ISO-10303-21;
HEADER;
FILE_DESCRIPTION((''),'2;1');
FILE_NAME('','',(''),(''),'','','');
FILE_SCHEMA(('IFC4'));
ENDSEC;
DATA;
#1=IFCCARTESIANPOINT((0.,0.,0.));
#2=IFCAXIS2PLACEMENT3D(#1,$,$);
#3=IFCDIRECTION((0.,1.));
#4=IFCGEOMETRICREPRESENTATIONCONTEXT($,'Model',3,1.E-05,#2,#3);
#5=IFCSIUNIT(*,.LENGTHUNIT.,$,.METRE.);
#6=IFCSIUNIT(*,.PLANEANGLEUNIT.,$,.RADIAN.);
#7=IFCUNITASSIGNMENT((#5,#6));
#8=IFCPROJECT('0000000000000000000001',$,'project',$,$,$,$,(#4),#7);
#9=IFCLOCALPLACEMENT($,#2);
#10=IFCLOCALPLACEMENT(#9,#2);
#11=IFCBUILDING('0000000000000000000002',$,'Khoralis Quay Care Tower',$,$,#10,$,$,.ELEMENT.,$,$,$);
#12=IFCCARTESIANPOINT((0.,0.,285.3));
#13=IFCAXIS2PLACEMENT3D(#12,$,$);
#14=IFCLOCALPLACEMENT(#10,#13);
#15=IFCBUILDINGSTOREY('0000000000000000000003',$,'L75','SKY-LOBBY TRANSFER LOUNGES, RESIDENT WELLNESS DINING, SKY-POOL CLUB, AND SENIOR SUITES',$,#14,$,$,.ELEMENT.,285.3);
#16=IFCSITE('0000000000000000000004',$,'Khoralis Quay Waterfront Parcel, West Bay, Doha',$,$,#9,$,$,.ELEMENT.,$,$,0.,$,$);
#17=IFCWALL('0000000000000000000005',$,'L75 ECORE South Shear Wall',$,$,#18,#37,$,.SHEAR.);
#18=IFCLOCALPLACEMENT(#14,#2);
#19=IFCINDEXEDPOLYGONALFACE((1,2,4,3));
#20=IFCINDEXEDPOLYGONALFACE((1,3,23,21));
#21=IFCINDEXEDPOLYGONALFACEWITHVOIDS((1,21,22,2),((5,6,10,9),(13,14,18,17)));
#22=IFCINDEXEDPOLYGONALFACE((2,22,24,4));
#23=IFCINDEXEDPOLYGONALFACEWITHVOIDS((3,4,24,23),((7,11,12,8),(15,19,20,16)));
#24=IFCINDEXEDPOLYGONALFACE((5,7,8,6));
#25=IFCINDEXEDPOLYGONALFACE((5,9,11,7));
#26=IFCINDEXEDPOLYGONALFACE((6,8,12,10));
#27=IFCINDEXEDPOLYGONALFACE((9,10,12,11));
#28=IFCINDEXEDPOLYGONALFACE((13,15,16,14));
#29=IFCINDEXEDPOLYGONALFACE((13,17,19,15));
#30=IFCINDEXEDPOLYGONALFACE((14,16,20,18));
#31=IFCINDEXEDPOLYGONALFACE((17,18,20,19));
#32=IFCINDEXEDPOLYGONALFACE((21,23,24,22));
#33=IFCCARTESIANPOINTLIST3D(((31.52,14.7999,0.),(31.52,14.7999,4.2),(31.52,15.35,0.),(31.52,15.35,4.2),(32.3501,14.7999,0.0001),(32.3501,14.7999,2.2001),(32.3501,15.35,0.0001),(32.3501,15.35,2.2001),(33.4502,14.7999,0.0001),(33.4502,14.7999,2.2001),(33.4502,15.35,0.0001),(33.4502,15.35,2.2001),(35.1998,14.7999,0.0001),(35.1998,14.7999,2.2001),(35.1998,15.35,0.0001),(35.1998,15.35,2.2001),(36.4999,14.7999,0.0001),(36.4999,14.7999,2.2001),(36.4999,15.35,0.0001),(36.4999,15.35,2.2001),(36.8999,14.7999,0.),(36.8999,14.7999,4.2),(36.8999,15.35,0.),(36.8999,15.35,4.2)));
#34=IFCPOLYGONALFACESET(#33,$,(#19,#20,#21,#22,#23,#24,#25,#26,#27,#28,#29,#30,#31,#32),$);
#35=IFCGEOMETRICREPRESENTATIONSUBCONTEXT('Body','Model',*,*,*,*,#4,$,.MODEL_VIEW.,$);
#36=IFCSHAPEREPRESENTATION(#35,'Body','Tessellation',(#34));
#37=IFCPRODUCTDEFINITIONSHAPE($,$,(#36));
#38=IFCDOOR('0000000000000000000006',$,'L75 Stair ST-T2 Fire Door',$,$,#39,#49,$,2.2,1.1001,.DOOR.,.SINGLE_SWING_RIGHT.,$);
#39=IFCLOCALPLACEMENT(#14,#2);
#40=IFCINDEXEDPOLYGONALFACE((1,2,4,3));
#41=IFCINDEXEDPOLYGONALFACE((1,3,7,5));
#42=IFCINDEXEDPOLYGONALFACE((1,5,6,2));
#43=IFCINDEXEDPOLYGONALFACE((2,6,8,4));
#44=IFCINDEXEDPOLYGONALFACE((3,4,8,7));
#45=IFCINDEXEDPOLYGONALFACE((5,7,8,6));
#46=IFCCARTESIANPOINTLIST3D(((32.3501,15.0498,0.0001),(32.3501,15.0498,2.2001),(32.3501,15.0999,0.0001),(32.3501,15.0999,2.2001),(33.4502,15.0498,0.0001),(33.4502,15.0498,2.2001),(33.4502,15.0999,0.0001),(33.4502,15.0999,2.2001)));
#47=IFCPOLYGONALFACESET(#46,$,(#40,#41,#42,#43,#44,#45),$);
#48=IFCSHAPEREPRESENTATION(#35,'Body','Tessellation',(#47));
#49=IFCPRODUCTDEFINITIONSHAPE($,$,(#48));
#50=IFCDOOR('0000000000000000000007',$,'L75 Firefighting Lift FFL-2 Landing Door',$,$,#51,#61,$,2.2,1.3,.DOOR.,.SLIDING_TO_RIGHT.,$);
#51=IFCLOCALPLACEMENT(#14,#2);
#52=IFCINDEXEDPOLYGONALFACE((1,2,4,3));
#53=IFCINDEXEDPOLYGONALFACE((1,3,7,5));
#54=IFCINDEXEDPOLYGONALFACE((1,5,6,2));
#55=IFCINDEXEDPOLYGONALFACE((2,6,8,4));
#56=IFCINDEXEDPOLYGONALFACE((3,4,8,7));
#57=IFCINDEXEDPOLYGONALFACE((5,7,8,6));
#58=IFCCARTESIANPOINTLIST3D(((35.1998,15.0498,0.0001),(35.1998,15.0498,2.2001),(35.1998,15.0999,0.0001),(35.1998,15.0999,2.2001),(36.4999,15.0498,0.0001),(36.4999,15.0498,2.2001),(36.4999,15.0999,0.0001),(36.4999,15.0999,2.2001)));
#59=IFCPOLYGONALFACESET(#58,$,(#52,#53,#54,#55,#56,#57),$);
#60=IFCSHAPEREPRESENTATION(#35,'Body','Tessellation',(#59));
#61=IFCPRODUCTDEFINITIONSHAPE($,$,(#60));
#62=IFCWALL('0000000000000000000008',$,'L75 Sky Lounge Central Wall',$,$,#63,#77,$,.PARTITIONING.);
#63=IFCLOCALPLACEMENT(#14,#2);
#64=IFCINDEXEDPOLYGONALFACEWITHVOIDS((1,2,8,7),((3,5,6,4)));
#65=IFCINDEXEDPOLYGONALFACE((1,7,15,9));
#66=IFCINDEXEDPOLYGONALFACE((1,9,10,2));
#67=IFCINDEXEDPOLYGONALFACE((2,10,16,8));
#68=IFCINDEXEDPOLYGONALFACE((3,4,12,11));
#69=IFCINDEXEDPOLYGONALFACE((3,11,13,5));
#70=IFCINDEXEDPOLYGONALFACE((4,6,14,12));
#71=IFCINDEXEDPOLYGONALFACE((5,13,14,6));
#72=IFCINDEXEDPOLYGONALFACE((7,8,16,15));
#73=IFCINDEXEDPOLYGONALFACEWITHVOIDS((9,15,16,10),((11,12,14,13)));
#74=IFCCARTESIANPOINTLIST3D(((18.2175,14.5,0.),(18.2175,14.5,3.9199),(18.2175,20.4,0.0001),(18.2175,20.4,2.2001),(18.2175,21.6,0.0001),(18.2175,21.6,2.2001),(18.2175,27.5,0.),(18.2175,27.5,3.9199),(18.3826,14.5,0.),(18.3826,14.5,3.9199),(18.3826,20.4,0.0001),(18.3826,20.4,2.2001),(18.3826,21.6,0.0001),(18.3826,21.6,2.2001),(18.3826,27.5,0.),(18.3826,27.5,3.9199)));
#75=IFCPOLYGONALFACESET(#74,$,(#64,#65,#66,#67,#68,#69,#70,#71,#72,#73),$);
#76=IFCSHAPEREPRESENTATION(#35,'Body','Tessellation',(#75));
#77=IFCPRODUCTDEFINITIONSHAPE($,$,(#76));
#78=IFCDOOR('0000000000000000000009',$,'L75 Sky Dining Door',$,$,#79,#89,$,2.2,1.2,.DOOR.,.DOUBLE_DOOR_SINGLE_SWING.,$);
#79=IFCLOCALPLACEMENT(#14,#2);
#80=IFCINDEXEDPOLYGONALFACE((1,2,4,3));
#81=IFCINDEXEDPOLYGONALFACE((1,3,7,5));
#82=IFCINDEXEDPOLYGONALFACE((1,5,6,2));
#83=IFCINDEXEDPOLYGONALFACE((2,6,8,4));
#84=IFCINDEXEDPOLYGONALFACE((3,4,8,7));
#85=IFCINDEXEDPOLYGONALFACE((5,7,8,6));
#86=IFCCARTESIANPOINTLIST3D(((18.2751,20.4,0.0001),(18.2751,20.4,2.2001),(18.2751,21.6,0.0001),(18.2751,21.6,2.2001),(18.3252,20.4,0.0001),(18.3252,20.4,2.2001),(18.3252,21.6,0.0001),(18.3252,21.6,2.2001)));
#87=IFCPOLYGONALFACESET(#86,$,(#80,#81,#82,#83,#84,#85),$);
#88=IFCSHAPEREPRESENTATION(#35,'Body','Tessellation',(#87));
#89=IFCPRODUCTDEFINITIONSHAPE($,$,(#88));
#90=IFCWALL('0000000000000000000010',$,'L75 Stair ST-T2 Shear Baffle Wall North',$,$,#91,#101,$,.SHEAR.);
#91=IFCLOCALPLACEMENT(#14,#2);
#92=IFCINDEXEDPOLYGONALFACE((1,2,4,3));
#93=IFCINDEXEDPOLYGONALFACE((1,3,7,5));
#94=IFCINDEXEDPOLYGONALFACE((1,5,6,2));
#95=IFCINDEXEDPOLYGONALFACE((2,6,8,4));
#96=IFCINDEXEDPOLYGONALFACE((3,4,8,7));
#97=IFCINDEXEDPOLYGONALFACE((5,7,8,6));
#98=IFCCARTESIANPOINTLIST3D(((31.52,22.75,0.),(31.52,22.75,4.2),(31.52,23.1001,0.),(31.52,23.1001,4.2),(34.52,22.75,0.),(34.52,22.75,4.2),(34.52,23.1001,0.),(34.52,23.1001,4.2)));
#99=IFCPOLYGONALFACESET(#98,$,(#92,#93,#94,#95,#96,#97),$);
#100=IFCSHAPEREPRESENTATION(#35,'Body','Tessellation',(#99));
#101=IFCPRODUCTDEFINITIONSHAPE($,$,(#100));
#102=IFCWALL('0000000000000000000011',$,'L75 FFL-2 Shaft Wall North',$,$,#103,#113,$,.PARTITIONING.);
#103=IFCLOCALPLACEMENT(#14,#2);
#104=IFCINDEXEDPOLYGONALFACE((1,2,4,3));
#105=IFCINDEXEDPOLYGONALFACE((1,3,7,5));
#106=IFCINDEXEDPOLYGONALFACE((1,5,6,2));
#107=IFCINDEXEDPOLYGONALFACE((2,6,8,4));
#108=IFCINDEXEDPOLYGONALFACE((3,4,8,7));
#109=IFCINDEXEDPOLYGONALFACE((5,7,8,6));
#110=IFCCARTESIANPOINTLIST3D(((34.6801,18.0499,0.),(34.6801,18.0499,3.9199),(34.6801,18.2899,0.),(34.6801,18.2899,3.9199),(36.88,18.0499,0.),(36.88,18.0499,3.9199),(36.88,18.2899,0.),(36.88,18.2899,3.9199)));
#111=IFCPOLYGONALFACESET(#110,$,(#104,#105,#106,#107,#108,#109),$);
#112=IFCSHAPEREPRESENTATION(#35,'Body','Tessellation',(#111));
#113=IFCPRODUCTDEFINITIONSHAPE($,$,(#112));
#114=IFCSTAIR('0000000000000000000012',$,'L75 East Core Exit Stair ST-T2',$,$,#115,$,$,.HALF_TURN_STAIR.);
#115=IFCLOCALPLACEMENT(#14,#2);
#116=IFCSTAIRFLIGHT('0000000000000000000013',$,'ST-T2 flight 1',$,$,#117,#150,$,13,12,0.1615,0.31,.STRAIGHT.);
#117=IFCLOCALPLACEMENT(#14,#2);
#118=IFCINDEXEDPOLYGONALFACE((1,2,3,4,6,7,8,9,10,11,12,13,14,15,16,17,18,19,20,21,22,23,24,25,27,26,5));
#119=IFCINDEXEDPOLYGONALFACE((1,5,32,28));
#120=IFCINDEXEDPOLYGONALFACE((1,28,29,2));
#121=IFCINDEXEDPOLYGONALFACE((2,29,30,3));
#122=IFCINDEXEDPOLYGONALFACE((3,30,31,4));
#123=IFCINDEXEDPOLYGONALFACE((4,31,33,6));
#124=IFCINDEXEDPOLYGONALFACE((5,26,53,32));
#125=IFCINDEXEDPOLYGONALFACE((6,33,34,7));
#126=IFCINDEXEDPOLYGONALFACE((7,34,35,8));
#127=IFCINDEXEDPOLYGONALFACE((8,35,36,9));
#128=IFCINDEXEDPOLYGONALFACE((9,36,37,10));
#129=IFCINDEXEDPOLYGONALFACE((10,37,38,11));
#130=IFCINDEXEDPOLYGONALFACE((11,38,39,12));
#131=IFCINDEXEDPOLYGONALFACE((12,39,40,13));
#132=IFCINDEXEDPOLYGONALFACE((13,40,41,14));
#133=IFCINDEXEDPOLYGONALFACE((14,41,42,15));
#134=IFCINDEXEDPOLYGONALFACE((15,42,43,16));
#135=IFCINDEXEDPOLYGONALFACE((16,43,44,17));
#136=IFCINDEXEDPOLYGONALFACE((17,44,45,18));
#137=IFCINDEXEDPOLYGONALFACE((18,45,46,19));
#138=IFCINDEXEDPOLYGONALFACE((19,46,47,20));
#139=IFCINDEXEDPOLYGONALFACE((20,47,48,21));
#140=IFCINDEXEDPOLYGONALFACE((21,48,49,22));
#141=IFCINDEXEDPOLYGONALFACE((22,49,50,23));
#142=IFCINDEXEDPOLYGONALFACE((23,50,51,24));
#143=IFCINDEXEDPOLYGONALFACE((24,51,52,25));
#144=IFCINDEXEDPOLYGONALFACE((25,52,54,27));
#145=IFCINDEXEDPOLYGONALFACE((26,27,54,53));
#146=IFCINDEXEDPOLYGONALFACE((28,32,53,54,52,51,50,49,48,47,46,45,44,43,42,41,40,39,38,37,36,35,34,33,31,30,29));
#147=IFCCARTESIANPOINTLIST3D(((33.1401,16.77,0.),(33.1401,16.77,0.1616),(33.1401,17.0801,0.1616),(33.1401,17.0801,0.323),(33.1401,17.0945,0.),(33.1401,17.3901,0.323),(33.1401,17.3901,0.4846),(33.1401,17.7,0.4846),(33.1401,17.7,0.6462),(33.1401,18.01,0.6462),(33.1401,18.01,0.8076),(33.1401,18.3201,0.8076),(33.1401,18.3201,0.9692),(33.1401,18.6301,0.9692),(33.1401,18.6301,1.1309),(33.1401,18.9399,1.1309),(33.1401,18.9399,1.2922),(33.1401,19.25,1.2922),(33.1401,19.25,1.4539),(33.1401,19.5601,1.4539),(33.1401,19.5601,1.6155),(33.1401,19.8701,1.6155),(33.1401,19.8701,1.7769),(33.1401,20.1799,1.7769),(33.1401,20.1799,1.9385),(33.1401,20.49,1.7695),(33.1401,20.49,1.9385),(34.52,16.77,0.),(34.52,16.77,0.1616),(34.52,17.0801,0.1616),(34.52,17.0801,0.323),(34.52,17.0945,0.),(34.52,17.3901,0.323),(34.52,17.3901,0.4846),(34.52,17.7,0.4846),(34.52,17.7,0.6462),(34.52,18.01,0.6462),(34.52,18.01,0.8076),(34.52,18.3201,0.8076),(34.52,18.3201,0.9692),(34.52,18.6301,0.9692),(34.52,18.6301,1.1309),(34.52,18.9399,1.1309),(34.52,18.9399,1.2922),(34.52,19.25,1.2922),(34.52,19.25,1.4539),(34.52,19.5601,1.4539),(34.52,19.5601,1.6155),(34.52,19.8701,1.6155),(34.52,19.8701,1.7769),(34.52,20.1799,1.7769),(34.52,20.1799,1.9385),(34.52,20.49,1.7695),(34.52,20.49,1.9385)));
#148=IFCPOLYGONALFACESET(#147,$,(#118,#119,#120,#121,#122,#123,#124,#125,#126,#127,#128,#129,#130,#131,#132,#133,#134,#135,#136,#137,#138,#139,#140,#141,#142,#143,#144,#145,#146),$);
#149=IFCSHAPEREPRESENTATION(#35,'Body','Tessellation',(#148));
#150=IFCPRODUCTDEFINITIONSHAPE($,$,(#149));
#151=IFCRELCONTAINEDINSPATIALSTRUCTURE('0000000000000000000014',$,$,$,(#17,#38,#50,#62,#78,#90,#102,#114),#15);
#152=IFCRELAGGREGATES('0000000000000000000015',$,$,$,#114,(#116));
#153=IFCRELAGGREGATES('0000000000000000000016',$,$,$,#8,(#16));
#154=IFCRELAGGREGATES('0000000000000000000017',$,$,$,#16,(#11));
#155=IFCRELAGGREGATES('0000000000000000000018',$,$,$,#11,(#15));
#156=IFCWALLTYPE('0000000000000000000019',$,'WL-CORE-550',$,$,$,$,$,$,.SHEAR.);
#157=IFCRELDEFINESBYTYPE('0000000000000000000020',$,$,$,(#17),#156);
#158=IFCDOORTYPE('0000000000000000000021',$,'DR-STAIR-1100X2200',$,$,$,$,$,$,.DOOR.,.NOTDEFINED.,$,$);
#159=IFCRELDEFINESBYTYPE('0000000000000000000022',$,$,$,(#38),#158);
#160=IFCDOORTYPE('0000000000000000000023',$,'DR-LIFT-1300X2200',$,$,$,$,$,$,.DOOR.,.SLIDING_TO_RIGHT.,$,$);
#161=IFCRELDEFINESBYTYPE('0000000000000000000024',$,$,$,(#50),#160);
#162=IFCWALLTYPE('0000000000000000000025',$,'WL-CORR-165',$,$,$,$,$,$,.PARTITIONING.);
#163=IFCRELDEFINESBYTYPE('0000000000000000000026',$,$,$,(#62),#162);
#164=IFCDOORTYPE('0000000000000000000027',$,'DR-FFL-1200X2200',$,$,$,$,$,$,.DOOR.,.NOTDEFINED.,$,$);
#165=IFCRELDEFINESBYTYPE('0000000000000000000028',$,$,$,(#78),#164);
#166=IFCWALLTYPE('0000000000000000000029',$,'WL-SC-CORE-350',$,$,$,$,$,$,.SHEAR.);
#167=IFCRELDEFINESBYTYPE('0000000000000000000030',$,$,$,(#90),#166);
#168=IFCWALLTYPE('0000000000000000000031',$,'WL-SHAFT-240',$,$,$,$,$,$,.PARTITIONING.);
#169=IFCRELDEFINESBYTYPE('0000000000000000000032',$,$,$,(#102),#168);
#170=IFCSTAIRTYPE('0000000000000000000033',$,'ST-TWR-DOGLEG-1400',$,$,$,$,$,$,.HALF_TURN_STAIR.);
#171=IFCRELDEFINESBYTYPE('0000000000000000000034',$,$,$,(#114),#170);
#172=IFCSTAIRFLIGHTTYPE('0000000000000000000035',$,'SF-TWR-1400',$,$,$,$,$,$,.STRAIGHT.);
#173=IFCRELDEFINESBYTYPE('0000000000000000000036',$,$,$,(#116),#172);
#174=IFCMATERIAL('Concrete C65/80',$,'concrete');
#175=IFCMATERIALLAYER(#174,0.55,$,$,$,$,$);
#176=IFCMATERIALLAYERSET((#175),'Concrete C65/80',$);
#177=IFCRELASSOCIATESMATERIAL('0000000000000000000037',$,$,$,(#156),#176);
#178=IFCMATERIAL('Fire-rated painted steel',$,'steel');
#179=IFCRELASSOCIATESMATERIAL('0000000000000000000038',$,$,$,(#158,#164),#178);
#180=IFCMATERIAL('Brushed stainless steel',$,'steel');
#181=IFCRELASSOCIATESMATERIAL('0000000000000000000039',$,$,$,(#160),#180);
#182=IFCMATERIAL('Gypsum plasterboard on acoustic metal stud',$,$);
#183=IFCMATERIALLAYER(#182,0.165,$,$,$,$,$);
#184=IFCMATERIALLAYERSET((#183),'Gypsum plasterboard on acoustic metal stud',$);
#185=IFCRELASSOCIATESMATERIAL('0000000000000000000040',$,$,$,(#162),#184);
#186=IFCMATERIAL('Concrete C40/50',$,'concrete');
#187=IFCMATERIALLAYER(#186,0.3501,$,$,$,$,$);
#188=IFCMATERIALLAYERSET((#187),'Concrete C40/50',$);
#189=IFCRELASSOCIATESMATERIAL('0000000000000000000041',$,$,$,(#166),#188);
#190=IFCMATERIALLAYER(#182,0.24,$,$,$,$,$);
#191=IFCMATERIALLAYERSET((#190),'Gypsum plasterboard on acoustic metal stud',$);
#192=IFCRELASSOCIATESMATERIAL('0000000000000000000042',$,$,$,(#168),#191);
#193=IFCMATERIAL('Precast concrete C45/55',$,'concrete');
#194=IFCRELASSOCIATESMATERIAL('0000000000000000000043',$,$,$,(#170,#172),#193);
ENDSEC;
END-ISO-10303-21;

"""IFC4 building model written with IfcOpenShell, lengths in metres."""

from ifc_helpers import new_model, si_unit, direction, frame, frame_2d, origin, place, context, subcontext, project, spatial, polyline, rectangle, outline, extrude, source, transform, mapped, material, layer, layer_set, type_object, element, fill, aggregate, save


model = new_model("IFC4")

# Units and contexts
model_context = context("Model", 3, precision=1e-05, world=origin(), true_north=direction((0.0, 1.0)))
body_context = subcontext(model_context, "Body", "Model", "MODEL_VIEW")
ifc_project = project(units=[si_unit("LENGTHUNIT", "METRE"), si_unit("PLANEANGLEUNIT", "RADIAN")], contexts=[model_context])

# Site, building, storey
site_placement = place(None, origin())
site = spatial("IfcSite", under=ifc_project, at=site_placement, Name="Khoralis Quay Waterfront Parcel, West Bay, Doha", CompositionType="ELEMENT", RefElevation=0.0)
building_placement = place(site_placement, origin())
building = spatial("IfcBuilding", under=site, at=building_placement, Name="Khoralis Quay Care Tower", CompositionType="ELEMENT")
storey_placement = place(building_placement, frame((0.0, 0.0, 285.3)))
storey = spatial("IfcBuildingStorey", under=building, at=storey_placement, Name="L75", Description="SKY-LOBBY TRANSFER LOUNGES, RESIDENT WELLNESS DINING, SKY-POOL CLUB, AND SENIOR SUITES", CompositionType="ELEMENT", Elevation=285.3)

# Shared definitions
ifc_material_1 = material(Name="Concrete C65/80", Category="concrete")
ifc_layer_1 = layer(ifc_material_1, 0.55)
ifc_layer_set_1 = layer_set([ifc_layer_1], Name="Concrete C65/80")
wall_type_1 = type_object("IfcWallType", Name="WL-CORE-550", PredefinedType="SHEAR", material=ifc_layer_set_1)

# Wall, openings, doors
wall_1_placement = place(storey_placement, frame((31.52, 15.075, 0.0), z_axis=(0.0, 0.0, 1.0), x_axis=(1.0, 0.0, 0.0)))
wall_1 = element("IfcWall", 1, at=wall_1_placement, inside=storey, type_object=wall_type_1, Name="L75 ECORE South Shear Wall", PredefinedType="SHEAR", context=body_context, shape_type="SweptSolid", body=[
    extrude(rectangle(XDim=5.3799, YDim=0.55, at=frame_2d((2.6899, 0.0))), origin(), (0.0, 0.0, 1.0), 4.2),
])
opening_1_placement = place(wall_1_placement, frame((0.8301, 0.0, 0.0)))
opening_1 = element("IfcOpeningElement", 2, at=opening_1_placement, cuts=wall_1, PredefinedType="OPENING", context=body_context, shape_type="SweptSolid", body=[
    extrude(rectangle(XDim=1.1001, YDim=2.2, at=frame_2d((0.55, 1.1001))), frame((0.0, 0.2852, 0.0), z_axis=(0.0, -1.0, 0.0), x_axis=(1.0, 0.0, 0.0)), (0.0, 0.0, 1.0), 0.5701),
])
opening_2_placement = place(wall_1_placement, frame((3.6799, 0.0, 0.0)))
opening_2 = element("IfcOpeningElement", 3, at=opening_2_placement, cuts=wall_1, PredefinedType="OPENING", context=body_context, shape_type="SweptSolid", body=[
    extrude(rectangle(XDim=1.3, YDim=2.2, at=frame_2d((0.6499, 1.1001))), frame((0.0, 0.2852, 0.0), z_axis=(0.0, -1.0, 0.0), x_axis=(1.0, 0.0, 0.0)), (0.0, 0.0, 1.0), 0.5701),
])
ifc_material_2 = material(Name="Fire-rated painted steel", Category="steel")
door_type_1 = type_object("IfcDoorType", Name="DR-STAIR-1100X2200", OperationType="NOTDEFINED", PredefinedType="DOOR", material=ifc_material_2)
shared_shape_1 = source(origin(), body_context, "Body", "SweptSolid", [
    extrude(rectangle(XDim=1.1001, YDim=2.2, at=frame_2d((0.55, 1.1001))), frame((0.0, 0.0249, 0.0), z_axis=(0.0, -1.0, 0.0), x_axis=(1.0, 0.0, 0.0)), (0.0, 0.0, 1.0), 0.05),
])
door_1_placement = place(opening_1_placement, origin())
door_1 = element("IfcDoor", 4, at=door_1_placement, inside=storey, type_object=door_type_1, Name="L75 Stair ST-T2 Fire Door", OperationType="SINGLE_SWING_RIGHT", OverallHeight=2.2, OverallWidth=1.1001, PredefinedType="DOOR", context=body_context, shape_type="MappedRepresentation", body=[
    mapped(shared_shape_1, transform((0.0, 0.0, 0.0), scale=1.0)),
])
fill(opening_1, door_1)
ifc_material_3 = material(Name="Brushed stainless steel", Category="steel")
door_type_2 = type_object("IfcDoorType", Name="DR-LIFT-1300X2200", OperationType="SLIDING_TO_RIGHT", PredefinedType="DOOR", material=ifc_material_3)
shared_shape_2 = source(origin(), body_context, "Body", "SweptSolid", [
    extrude(rectangle(XDim=1.3, YDim=2.2, at=frame_2d((0.6499, 1.1001))), frame((0.0, 0.0249, 0.0), z_axis=(0.0, -1.0, 0.0), x_axis=(1.0, 0.0, 0.0)), (0.0, 0.0, 1.0), 0.05),
])
door_2_placement = place(opening_2_placement, origin())
door_2 = element("IfcDoor", 5, at=door_2_placement, inside=storey, type_object=door_type_2, Name="L75 Firefighting Lift FFL-2 Landing Door", OperationType="SLIDING_TO_RIGHT", OverallHeight=2.2, OverallWidth=1.3, PredefinedType="DOOR", context=body_context, shape_type="MappedRepresentation", body=[
    mapped(shared_shape_2, transform((0.0, 0.0, 0.0), scale=1.0)),
])
fill(opening_2, door_2)

# Wall, opening, door
ifc_material_4 = material(Name="Gypsum plasterboard on acoustic metal stud")
ifc_layer_2 = layer(ifc_material_4, 0.165)
ifc_layer_set_2 = layer_set([ifc_layer_2], Name="Gypsum plasterboard on acoustic metal stud")
wall_type_2 = type_object("IfcWallType", Name="WL-CORR-165", PredefinedType="PARTITIONING", material=ifc_layer_set_2)
wall_2_placement = place(storey_placement, frame((18.3, 14.5, 0.0), z_axis=(0.0, 0.0, 1.0), x_axis=(0.0, 1.0, 0.0)))
wall_2 = element("IfcWall", 6, at=wall_2_placement, inside=storey, type_object=wall_type_2, Name="L75 Sky Lounge Central Wall", PredefinedType="PARTITIONING", context=body_context, shape_type="SweptSolid", body=[
    extrude(rectangle(XDim=13.0, YDim=0.165, at=frame_2d((6.5, 0.0))), origin(), (0.0, 0.0, 1.0), 3.9199),
])
opening_3_placement = place(wall_2_placement, frame((5.8999, 0.0, 0.0)))
opening_3 = element("IfcOpeningElement", 7, at=opening_3_placement, cuts=wall_2, PredefinedType="OPENING", context=body_context, shape_type="SweptSolid", body=[
    extrude(rectangle(XDim=1.2, YDim=2.2, at=frame_2d((0.6001, 1.1001))), frame((0.0, 0.0925, 0.0), z_axis=(0.0, -1.0, 0.0), x_axis=(1.0, 0.0, 0.0)), (0.0, 0.0, 1.0), 0.1851),
])
door_type_3 = type_object("IfcDoorType", Name="DR-FFL-1200X2200", OperationType="NOTDEFINED", PredefinedType="DOOR", material=ifc_material_2)
shared_shape_3 = source(origin(), body_context, "Body", "SweptSolid", [
    extrude(rectangle(XDim=1.2, YDim=2.2, at=frame_2d((0.6001, 1.1001))), frame((0.0, 0.0249, 0.0), z_axis=(0.0, -1.0, 0.0), x_axis=(1.0, 0.0, 0.0)), (0.0, 0.0, 1.0), 0.05),
])
door_3_placement = place(opening_3_placement, origin())
door_3 = element("IfcDoor", 8, at=door_3_placement, inside=storey, type_object=door_type_3, Name="L75 Sky Dining Door", OperationType="DOUBLE_DOOR_SINGLE_SWING", OverallHeight=2.2, OverallWidth=1.2, PredefinedType="DOOR", context=body_context, shape_type="MappedRepresentation", body=[
    mapped(shared_shape_3, transform((0.0, 0.0, 0.0), scale=1.0)),
])
fill(opening_3, door_3)

# Walls
ifc_material_5 = material(Name="Concrete C40/50", Category="concrete")
ifc_layer_3 = layer(ifc_material_5, 0.3501)
ifc_layer_set_3 = layer_set([ifc_layer_3], Name="Concrete C40/50")
wall_type_3 = type_object("IfcWallType", Name="WL-SC-CORE-350", PredefinedType="SHEAR", material=ifc_layer_set_3)
wall_3_placement = place(storey_placement, frame((31.52, 22.925, 0.0), z_axis=(0.0, 0.0, 1.0), x_axis=(1.0, 0.0, 0.0)))
element("IfcWall", 9, at=wall_3_placement, inside=storey, type_object=wall_type_3, Name="L75 Stair ST-T2 Shear Baffle Wall North", PredefinedType="SHEAR", context=body_context, shape_type="SweptSolid", body=[
    extrude(rectangle(XDim=3.0, YDim=0.3501, at=frame_2d((1.5, 0.0))), origin(), (0.0, 0.0, 1.0), 4.2),
])
ifc_layer_4 = layer(ifc_material_4, 0.24)
ifc_layer_set_4 = layer_set([ifc_layer_4], Name="Gypsum plasterboard on acoustic metal stud")
wall_type_4 = type_object("IfcWallType", Name="WL-SHAFT-240", PredefinedType="PARTITIONING", material=ifc_layer_set_4)
wall_4_placement = place(storey_placement, frame((34.6799, 18.1699, 0.0), z_axis=(0.0, 0.0, 1.0), x_axis=(1.0, 0.0, 0.0)))
element("IfcWall", 10, at=wall_4_placement, inside=storey, type_object=wall_type_4, Name="L75 FFL-2 Shaft Wall North", PredefinedType="PARTITIONING", context=body_context, shape_type="SweptSolid", body=[
    extrude(rectangle(XDim=2.2, YDim=0.24, at=frame_2d((1.1001, 0.0))), origin(), (0.0, 0.0, 1.0), 3.9199),
])

# Stair, stair flight
ifc_material_6 = material(Name="Precast concrete C45/55", Category="concrete")
stair_type = type_object("IfcStairType", Name="ST-TWR-DOGLEG-1400", PredefinedType="HALF_TURN_STAIR", material=ifc_material_6)
stair_placement = place(storey_placement, origin())
stair = element("IfcStair", 11, at=stair_placement, inside=storey, type_object=stair_type, Name="L75 East Core Exit Stair ST-T2", PredefinedType="HALF_TURN_STAIR")
stair_flight_type = type_object("IfcStairFlightType", Name="SF-TWR-1400", PredefinedType="STRAIGHT", material=ifc_material_6)
shared_shape_4 = source(origin(), body_context, "Body", "SweptSolid", [
    extrude(outline(polyline([(0.0, 0.0), (0.0, 0.1616), (0.3101, 0.1616), (0.3101, 0.323), (0.6201, 0.323), (0.6201, 0.4846), (0.9299, 0.4846), (0.9299, 0.6462), (1.24, 0.6462), (1.24, 0.8076), (1.55, 0.8076), (1.55, 0.9692), (1.8601, 0.9692), (1.8601, 1.1309), (2.1699, 1.1309), (2.1699, 1.2922), (2.48, 1.2922), (2.48, 1.4539), (2.79, 1.4539), (2.79, 1.6155), (3.1001, 1.6155), (3.1001, 1.7769), (3.4099, 1.7769), (3.4099, 1.9385), (3.72, 1.9385), (3.72, 2.1001), (3.72, 1.7695), (0.3245, 0.0), (0.0, 0.0)])), frame((0.0, 0.6899, 0.0), z_axis=(0.0, -1.0, 0.0), x_axis=(1.0, 0.0, 0.0)), (0.0, 0.0, 1.0), 1.3799),
])
stair_flight_1_placement = place(storey_placement, frame((33.8301, 16.77, 0.0), z_axis=(0.0, 0.0, 1.0), x_axis=(0.0, 1.0, 0.0)))
stair_flight_1 = element("IfcStairFlight", 12, at=stair_flight_1_placement, type_object=stair_flight_type, Name="ST-T2 flight 1", NumberOfRisers=13, NumberOfTreads=12, PredefinedType="STRAIGHT", RiserHeight=0.1615, TreadLength=0.31, context=body_context, shape_type="MappedRepresentation", body=[
    mapped(shared_shape_4, transform((0.0, 0.0, 0.0), scale=1.0)),
])
aggregate(stair, [stair_flight_1])

save(model, "model.ifc")
